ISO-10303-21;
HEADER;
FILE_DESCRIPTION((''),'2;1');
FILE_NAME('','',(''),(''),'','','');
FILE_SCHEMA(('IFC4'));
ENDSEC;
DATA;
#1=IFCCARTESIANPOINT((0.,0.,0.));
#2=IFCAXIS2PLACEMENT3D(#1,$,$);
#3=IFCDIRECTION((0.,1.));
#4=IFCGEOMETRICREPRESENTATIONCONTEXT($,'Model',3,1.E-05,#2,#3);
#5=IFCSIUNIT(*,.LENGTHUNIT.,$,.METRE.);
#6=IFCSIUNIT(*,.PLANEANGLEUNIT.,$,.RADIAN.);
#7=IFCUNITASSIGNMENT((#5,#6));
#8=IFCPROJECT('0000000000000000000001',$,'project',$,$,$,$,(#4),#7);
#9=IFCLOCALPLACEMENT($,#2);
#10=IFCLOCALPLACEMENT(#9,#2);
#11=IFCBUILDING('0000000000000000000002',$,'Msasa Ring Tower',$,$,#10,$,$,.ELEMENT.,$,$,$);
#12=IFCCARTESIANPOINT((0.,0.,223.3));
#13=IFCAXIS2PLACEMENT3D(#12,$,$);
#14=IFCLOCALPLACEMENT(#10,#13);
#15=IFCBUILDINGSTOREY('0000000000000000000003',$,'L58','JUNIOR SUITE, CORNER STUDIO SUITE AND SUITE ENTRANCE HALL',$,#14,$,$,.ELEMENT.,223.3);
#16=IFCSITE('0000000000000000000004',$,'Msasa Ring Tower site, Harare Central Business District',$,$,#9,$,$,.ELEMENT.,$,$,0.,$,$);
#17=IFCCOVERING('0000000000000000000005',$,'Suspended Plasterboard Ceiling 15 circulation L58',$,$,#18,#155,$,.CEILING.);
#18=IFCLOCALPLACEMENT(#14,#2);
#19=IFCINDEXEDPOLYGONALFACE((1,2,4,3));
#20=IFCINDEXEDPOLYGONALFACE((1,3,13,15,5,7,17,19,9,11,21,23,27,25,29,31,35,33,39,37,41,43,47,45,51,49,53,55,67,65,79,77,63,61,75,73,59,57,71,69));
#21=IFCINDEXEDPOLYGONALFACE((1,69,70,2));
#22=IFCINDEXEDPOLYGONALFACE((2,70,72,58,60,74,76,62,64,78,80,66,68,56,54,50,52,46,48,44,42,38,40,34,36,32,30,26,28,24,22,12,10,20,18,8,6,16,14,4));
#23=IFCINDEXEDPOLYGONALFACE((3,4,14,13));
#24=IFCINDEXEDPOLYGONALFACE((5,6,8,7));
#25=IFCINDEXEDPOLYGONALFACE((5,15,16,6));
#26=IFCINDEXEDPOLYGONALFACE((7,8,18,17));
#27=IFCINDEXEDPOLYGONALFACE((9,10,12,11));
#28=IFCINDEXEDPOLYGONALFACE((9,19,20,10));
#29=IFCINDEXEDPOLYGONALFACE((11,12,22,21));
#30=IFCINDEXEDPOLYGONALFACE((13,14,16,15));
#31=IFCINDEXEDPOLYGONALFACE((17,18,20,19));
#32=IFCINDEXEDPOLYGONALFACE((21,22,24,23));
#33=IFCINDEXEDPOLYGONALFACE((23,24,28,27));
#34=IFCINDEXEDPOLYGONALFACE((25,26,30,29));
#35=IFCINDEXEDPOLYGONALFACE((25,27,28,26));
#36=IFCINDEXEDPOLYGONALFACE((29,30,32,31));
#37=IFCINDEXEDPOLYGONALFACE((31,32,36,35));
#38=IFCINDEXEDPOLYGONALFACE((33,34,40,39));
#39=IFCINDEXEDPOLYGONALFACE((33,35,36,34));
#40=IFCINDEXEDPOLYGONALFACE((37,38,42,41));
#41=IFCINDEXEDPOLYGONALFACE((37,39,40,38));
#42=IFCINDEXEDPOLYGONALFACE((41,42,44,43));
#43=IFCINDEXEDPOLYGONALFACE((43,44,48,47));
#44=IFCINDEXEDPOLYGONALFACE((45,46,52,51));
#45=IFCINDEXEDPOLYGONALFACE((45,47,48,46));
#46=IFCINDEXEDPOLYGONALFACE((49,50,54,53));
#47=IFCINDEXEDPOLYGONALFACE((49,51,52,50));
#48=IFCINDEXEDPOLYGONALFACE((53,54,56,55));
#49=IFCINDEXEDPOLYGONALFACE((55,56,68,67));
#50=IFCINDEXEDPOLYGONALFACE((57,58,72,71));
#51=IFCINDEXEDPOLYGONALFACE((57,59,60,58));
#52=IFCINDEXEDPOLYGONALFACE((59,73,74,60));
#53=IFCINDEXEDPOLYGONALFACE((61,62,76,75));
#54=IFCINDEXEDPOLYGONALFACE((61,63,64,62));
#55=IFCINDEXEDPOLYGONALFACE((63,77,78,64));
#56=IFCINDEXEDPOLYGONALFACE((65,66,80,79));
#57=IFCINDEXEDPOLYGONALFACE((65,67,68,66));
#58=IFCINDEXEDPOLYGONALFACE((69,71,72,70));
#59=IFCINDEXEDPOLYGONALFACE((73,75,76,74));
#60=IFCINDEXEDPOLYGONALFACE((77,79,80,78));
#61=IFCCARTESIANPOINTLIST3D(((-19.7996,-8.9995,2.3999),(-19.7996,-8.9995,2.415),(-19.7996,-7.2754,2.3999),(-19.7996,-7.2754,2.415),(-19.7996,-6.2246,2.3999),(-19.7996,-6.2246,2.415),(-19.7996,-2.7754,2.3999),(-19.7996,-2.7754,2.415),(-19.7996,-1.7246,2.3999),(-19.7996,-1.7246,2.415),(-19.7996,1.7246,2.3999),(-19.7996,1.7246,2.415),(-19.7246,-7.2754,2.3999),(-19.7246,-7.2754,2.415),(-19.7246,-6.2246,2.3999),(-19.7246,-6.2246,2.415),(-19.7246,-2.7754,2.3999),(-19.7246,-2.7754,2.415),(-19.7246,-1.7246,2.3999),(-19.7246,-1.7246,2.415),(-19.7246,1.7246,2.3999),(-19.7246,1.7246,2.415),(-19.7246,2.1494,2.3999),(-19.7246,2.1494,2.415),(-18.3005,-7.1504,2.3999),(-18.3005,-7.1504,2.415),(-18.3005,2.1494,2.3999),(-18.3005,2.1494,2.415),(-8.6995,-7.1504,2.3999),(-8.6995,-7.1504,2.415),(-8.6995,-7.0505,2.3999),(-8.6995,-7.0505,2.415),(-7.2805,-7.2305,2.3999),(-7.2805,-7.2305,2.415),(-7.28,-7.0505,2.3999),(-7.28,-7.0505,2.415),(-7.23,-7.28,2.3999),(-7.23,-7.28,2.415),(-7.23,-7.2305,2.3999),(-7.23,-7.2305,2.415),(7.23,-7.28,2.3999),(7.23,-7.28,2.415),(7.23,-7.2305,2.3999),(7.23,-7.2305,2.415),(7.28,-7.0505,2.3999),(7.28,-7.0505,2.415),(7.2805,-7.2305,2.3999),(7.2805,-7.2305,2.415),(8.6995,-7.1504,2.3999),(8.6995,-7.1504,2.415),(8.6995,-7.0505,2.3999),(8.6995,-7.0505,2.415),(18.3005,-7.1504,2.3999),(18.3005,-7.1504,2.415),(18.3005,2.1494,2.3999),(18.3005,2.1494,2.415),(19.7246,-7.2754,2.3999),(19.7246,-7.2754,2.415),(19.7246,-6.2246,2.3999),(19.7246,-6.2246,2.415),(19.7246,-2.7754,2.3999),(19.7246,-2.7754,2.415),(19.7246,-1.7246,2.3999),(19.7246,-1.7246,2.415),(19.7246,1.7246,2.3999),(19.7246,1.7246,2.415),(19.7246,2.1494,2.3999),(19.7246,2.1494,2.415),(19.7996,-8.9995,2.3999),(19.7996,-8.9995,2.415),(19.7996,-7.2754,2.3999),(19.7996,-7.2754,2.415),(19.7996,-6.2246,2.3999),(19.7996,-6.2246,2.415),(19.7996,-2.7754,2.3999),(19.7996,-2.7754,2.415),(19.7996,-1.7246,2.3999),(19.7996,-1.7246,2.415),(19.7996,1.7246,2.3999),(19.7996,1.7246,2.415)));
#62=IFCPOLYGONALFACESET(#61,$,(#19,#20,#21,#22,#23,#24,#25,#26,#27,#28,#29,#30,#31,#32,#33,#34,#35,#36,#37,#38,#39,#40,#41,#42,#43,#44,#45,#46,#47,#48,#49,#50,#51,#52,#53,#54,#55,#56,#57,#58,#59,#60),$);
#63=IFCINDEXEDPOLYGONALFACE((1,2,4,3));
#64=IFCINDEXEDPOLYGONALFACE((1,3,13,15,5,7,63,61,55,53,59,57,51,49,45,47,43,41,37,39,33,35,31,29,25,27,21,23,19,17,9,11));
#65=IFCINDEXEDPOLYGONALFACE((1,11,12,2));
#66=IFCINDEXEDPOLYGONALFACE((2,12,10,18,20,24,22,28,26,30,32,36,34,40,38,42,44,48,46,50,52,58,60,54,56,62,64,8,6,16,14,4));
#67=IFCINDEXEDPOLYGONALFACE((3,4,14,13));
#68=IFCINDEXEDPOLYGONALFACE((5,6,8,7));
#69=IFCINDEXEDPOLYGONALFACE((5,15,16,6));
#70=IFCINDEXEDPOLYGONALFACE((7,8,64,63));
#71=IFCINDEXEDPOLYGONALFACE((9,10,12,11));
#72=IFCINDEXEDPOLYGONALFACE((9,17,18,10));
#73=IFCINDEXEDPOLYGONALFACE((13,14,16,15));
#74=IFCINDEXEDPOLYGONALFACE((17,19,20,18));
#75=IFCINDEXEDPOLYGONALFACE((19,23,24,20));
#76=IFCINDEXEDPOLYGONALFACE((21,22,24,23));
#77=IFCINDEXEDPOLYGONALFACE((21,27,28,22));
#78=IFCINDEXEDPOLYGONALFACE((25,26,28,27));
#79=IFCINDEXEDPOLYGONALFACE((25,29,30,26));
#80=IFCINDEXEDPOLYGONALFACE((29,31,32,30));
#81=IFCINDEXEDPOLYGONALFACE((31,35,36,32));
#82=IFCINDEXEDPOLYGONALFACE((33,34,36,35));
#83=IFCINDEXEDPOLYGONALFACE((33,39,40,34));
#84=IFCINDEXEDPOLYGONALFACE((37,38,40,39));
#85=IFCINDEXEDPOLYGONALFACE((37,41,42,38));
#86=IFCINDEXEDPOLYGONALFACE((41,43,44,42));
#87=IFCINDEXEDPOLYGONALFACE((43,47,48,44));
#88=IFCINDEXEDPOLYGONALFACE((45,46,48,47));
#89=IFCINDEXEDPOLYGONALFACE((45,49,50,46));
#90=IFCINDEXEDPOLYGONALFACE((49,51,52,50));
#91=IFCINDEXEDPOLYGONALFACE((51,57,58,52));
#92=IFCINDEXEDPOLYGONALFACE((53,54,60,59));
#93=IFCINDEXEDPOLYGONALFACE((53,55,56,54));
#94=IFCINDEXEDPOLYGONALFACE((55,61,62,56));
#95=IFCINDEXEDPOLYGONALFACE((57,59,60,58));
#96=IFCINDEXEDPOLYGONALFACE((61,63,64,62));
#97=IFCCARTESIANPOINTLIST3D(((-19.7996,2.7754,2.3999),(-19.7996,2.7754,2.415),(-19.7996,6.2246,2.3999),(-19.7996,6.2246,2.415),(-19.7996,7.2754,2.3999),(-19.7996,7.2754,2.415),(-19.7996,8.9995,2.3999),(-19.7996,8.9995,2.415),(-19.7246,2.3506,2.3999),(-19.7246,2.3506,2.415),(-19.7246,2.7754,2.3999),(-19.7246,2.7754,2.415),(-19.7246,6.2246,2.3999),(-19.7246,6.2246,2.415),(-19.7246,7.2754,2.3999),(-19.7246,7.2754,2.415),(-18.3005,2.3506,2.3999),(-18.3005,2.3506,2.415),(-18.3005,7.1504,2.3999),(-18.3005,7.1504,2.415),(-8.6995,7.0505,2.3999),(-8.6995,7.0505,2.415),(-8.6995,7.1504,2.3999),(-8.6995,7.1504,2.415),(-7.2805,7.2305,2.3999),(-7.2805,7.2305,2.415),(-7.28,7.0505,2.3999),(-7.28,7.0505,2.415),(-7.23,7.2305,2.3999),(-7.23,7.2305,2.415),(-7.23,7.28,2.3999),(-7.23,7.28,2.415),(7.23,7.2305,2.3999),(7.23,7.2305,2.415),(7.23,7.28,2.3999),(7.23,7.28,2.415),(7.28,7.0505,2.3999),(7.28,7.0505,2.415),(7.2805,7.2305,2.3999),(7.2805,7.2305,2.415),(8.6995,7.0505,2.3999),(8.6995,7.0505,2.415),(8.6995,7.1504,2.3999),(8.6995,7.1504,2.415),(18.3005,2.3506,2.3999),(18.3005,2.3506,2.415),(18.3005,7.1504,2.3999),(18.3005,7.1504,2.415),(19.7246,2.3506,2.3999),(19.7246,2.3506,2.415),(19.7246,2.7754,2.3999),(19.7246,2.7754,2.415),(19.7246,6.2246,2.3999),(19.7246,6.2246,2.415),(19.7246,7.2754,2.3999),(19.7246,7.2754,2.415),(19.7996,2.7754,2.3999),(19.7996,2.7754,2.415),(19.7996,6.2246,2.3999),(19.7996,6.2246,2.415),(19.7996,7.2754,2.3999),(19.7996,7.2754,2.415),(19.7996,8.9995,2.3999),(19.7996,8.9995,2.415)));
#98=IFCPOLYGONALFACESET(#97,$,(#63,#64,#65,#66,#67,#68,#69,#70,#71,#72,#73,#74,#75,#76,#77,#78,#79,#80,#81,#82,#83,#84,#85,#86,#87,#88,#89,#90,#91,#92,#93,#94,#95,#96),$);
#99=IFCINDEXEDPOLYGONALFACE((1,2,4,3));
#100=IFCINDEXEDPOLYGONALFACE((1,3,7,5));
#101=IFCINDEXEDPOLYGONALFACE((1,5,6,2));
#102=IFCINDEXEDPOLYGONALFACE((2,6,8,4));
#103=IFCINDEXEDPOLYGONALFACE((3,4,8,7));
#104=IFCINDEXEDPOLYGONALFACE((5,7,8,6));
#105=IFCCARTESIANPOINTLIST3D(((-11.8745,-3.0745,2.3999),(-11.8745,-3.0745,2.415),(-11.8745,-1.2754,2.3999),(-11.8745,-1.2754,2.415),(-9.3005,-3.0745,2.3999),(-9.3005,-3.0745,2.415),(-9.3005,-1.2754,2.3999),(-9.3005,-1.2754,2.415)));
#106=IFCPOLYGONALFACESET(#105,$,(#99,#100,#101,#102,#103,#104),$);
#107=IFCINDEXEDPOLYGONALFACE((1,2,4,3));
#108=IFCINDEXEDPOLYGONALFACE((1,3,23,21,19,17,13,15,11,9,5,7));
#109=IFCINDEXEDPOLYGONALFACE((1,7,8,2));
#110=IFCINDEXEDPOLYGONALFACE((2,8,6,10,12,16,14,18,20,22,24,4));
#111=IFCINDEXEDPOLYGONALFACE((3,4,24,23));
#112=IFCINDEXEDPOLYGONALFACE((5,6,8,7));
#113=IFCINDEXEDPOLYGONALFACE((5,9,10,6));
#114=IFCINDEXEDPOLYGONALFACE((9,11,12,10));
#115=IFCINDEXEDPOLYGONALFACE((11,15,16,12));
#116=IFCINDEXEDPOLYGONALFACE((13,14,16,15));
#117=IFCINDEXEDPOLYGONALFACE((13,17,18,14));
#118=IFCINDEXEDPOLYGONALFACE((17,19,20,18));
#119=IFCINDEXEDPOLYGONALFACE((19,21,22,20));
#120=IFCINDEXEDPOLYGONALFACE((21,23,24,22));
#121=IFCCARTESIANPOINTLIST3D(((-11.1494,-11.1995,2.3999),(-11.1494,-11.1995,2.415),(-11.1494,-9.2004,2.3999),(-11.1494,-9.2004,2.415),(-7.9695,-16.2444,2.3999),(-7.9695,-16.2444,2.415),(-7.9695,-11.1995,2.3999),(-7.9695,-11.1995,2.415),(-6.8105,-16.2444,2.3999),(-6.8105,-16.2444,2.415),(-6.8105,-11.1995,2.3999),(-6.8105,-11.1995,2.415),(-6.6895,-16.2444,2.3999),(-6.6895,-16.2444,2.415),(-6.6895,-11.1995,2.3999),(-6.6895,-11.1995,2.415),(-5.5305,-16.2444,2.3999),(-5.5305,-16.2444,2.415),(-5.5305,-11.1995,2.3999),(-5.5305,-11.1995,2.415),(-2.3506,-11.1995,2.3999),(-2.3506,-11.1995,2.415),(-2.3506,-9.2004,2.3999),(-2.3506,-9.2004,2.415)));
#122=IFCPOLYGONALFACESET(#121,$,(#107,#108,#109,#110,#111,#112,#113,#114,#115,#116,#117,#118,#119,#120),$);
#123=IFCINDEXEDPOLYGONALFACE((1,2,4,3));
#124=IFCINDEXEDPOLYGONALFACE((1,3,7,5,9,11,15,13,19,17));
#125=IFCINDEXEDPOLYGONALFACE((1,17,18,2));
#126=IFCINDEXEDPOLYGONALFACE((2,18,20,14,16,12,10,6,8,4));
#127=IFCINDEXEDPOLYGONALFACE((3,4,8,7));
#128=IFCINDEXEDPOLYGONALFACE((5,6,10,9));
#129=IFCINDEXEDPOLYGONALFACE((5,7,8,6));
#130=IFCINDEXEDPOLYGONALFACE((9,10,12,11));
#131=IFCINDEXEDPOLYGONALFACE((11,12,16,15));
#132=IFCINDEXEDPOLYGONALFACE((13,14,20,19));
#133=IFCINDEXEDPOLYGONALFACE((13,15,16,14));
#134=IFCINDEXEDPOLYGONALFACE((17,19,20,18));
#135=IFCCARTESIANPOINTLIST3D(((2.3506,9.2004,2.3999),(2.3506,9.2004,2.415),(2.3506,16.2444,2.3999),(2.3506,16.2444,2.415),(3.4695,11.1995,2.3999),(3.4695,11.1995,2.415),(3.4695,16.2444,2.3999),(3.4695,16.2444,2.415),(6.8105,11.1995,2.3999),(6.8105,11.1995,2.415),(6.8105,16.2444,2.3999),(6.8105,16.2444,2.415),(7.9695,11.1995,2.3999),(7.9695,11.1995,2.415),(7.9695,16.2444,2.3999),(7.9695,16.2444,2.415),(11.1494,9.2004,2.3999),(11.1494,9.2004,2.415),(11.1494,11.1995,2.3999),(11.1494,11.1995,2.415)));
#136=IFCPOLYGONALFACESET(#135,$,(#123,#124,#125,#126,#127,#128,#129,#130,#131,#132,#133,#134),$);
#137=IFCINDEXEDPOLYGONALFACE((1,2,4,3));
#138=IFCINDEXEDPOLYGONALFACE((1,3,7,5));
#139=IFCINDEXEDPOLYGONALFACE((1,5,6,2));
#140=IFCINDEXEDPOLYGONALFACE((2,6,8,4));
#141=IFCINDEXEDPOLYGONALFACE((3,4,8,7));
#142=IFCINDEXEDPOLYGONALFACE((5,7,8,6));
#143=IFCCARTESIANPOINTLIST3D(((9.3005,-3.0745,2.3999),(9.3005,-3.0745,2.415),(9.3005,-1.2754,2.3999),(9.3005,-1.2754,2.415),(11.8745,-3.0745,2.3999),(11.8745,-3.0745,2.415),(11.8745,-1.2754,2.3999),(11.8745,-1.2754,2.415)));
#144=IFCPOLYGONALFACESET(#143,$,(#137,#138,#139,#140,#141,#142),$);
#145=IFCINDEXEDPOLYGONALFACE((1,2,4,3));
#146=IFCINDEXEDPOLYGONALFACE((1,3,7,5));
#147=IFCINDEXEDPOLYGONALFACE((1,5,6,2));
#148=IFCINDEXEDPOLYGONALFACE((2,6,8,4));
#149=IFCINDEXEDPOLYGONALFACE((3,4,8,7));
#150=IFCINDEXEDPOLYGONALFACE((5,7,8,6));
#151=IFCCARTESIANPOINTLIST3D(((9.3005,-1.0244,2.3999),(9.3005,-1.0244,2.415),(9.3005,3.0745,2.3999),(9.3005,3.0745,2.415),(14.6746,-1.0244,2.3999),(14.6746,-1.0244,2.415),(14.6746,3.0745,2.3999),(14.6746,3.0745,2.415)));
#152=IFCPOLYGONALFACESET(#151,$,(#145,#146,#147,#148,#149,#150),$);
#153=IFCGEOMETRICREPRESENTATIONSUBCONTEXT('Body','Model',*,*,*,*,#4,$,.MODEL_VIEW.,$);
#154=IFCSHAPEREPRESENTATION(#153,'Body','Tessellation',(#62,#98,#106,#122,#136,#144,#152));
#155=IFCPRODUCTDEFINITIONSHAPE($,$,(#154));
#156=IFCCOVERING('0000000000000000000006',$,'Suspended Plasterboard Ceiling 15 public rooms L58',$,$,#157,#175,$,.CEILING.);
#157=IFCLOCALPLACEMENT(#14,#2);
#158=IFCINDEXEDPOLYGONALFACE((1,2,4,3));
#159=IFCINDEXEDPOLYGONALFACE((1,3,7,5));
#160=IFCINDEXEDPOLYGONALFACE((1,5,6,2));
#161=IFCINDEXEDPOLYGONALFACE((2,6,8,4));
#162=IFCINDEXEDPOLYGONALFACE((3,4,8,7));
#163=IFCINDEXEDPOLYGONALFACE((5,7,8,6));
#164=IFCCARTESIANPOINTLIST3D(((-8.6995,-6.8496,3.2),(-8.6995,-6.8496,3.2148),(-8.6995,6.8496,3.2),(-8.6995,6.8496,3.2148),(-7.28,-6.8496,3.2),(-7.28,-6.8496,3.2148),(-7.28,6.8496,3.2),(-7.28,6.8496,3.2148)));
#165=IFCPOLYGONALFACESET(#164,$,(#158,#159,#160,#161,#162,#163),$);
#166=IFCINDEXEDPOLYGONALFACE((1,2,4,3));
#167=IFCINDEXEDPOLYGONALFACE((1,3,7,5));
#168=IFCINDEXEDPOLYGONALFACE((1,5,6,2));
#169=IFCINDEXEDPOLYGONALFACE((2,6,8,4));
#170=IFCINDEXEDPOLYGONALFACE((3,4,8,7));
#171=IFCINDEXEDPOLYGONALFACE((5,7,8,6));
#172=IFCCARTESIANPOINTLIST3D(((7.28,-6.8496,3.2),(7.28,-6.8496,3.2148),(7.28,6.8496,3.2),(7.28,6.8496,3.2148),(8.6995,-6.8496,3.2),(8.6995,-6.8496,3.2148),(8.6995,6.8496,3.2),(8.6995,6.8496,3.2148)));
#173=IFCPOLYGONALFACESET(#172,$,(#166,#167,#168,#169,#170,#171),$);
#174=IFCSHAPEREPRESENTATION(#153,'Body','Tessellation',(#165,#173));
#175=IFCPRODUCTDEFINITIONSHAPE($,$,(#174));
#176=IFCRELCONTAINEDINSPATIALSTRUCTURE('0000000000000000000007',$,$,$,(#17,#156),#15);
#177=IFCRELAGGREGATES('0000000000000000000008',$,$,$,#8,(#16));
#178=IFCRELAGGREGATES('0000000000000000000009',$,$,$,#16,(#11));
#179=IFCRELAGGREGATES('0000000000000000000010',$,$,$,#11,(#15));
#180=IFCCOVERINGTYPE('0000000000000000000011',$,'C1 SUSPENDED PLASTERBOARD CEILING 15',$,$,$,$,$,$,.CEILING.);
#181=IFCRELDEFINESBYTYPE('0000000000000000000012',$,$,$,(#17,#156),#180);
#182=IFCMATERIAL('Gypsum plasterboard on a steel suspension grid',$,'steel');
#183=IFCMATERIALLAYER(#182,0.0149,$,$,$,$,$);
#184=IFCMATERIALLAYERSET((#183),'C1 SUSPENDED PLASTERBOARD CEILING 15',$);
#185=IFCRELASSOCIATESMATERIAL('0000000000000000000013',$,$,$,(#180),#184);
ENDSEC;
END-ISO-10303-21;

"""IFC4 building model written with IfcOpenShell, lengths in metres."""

from ifc_helpers import new_model, si_unit, direction, frame, origin, place, context, subcontext, project, spatial, line, indexed_curve, outline, extrude, material, layer, layer_set, type_object, element, save


model = new_model("IFC4")

# Units and contexts
model_context = context("Model", 3, precision=1e-05, world=origin(), true_north=direction((0.0, 1.0)))
body_context = subcontext(model_context, "Body", "Model", "MODEL_VIEW")
ifc_project = project(units=[si_unit("LENGTHUNIT", "METRE"), si_unit("PLANEANGLEUNIT", "RADIAN")], contexts=[model_context])

# Site, building, storey
site_placement = place(None, origin())
site = spatial("IfcSite", under=ifc_project, at=site_placement, Name="Msasa Ring Tower site, Harare Central Business District", CompositionType="ELEMENT", RefElevation=0.0)
building_placement = place(site_placement, origin())
building = spatial("IfcBuilding", under=site, at=building_placement, Name="Msasa Ring Tower", CompositionType="ELEMENT")
storey_placement = place(building_placement, frame((0.0, 0.0, 223.3)))
storey = spatial("IfcBuildingStorey", under=building, at=storey_placement, Name="L58", Description="JUNIOR SUITE, CORNER STUDIO SUITE AND SUITE ENTRANCE HALL", CompositionType="ELEMENT", Elevation=223.3)

# Coverings
ifc_material_1 = material(Name="Gypsum plasterboard on a steel suspension grid", Category="steel")
ifc_layer_1 = layer(ifc_material_1, 0.0149)
ifc_layer_set_1 = layer_set([ifc_layer_1], Name="C1 SUSPENDED PLASTERBOARD CEILING 15")
covering_type_1 = type_object("IfcCoveringType", Name="C1 SUSPENDED PLASTERBOARD CEILING 15", PredefinedType="CEILING", material=ifc_layer_set_1)
covering_1_placement = place(storey_placement, frame((0.0, 0.0, 2.3999)))
element("IfcCovering", 1, at=covering_1_placement, inside=storey, type_object=covering_type_1, Name="Suspended Plasterboard Ceiling 15 circulation L58", PredefinedType="CEILING", context=body_context, shape_type="SweptSolid", body=[
    extrude(outline(indexed_curve([(8.6995, -7.1504), (18.3005, -7.1504), (18.3005, 2.1494), (19.7246, 2.1494), (19.7246, 1.7246), (19.7996, 1.7246), (19.7996, -1.7246), (19.7246, -1.7246), (19.7246, -2.7754), (19.7996, -2.7754), (19.7996, -6.2246), (19.7246, -6.2246), (19.7246, -7.2754), (19.7996, -7.2754), (19.7996, -8.9995), (-19.7996, -8.9995), (-19.7996, -7.2754), (-19.7246, -7.2754), (-19.7246, -6.2246), (-19.7996, -6.2246), (-19.7996, -2.7754), (-19.7246, -2.7754), (-19.7246, -1.7246), (-19.7996, -1.7246), (-19.7996, 1.7246), (-19.7246, 1.7246), (-19.7246, 2.1494), (-18.3005, 2.1494), (-18.3005, -7.1504), (-8.6995, -7.1504), (-8.6995, -7.0505), (-7.28, -7.0505), (-7.2805, -7.2305), (-7.23, -7.2305), (-7.23, -7.28), (7.23, -7.28), (7.23, -7.2305), (7.2805, -7.2305), (7.28, -7.0505), (8.6995, -7.0505)], segments=[line(1, 2, 3, 4, 5, 6, 7, 8, 9, 10, 11, 12, 13, 14, 15, 16, 17, 18, 19, 20, 21, 22, 23, 24, 25, 26, 27, 28, 29, 30, 31, 32, 33, 34, 35, 36, 37, 38, 39, 40, 1)], self_intersect=False)), origin(), (0.0, 0.0, 1.0), 0.0151),
    extrude(outline(indexed_curve([(19.7996, 7.2754), (19.7246, 7.2754), (19.7246, 6.2246), (19.7996, 6.2246), (19.7996, 2.7754), (19.7246, 2.7754), (19.7246, 2.3506), (18.3005, 2.3506), (18.3005, 7.1504), (8.6995, 7.1504), (8.6995, 7.0505), (7.28, 7.0505), (7.2805, 7.2305), (7.23, 7.2305), (7.23, 7.28), (-7.23, 7.28), (-7.23, 7.2305), (-7.2805, 7.2305), (-7.28, 7.0505), (-8.6995, 7.0505), (-8.6995, 7.1504), (-18.3005, 7.1504), (-18.3005, 2.3506), (-19.7246, 2.3506), (-19.7246, 2.7754), (-19.7996, 2.7754), (-19.7996, 6.2246), (-19.7246, 6.2246), (-19.7246, 7.2754), (-19.7996, 7.2754), (-19.7996, 8.9995), (19.7996, 8.9995)], segments=[line(1, 2, 3, 4, 5, 6, 7, 8, 9, 10, 11, 12, 13, 14, 15, 16, 17, 18, 19, 20, 21, 22, 23, 24, 25, 26, 27, 28, 29, 30, 31, 32, 1)], self_intersect=False)), origin(), (0.0, 0.0, 1.0), 0.0151),
    extrude(outline(indexed_curve([(-11.8745, -3.0745), (-11.8745, -1.2754), (-9.3005, -1.2754), (-9.3005, -3.0745)], segments=[line(1, 2, 3, 4, 1)], self_intersect=False)), origin(), (0.0, 0.0, 1.0), 0.0151),
    extrude(outline(indexed_curve([(-5.5305, -16.2444), (-6.6895, -16.2444), (-6.6895, -11.1995), (-6.8105, -11.1995), (-6.8105, -16.2444), (-7.9695, -16.2444), (-7.9695, -11.1995), (-11.1494, -11.1995), (-11.1494, -9.2004), (-2.3506, -9.2004), (-2.3506, -11.1995), (-5.5305, -11.1995)], segments=[line(1, 2, 3, 4, 5, 6, 7, 8, 9, 10, 11, 12, 1)], self_intersect=False)), origin(), (0.0, 0.0, 1.0), 0.0151),
    extrude(outline(indexed_curve([(3.4695, 16.2444), (3.4695, 11.1995), (6.8105, 11.1995), (6.8105, 16.2444), (7.9695, 16.2444), (7.9695, 11.1995), (11.1494, 11.1995), (11.1494, 9.2004), (2.3506, 9.2004), (2.3506, 16.2444)], segments=[line(1, 2, 3, 4, 5, 6, 7, 8, 9, 10, 1)], self_intersect=False)), origin(), (0.0, 0.0, 1.0), 0.0151),
    extrude(outline(indexed_curve([(9.3005, -3.0745), (9.3005, -1.2754), (11.8745, -1.2754), (11.8745, -3.0745)], segments=[line(1, 2, 3, 4, 1)], self_intersect=False)), origin(), (0.0, 0.0, 1.0), 0.0151),
    extrude(outline(indexed_curve([(9.3005, -1.0244), (9.3005, 3.0745), (14.6746, 3.0745), (14.6746, -1.0244)], segments=[line(1, 2, 3, 4, 1)], self_intersect=False)), origin(), (0.0, 0.0, 1.0), 0.0151),
])
covering_2_placement = place(storey_placement, frame((0.0, 0.0, 3.2)))
element("IfcCovering", 2, at=covering_2_placement, inside=storey, type_object=covering_type_1, Name="Suspended Plasterboard Ceiling 15 public rooms L58", PredefinedType="CEILING", context=body_context, shape_type="SweptSolid", body=[
    extrude(outline(indexed_curve([(-7.28, 6.8496), (-7.28, -6.8496), (-8.6995, -6.8496), (-8.6995, 6.8496)], segments=[line(1, 2, 3, 4, 1)], self_intersect=False)), origin(), (0.0, 0.0, 1.0), 0.0149),
    extrude(outline(indexed_curve([(8.6995, 6.8496), (8.6995, -6.8496), (7.28, -6.8496), (7.28, 6.8496)], segments=[line(1, 2, 3, 4, 1)], self_intersect=False)), origin(), (0.0, 0.0, 1.0), 0.0149),
])

save(model, "model.ifc")
